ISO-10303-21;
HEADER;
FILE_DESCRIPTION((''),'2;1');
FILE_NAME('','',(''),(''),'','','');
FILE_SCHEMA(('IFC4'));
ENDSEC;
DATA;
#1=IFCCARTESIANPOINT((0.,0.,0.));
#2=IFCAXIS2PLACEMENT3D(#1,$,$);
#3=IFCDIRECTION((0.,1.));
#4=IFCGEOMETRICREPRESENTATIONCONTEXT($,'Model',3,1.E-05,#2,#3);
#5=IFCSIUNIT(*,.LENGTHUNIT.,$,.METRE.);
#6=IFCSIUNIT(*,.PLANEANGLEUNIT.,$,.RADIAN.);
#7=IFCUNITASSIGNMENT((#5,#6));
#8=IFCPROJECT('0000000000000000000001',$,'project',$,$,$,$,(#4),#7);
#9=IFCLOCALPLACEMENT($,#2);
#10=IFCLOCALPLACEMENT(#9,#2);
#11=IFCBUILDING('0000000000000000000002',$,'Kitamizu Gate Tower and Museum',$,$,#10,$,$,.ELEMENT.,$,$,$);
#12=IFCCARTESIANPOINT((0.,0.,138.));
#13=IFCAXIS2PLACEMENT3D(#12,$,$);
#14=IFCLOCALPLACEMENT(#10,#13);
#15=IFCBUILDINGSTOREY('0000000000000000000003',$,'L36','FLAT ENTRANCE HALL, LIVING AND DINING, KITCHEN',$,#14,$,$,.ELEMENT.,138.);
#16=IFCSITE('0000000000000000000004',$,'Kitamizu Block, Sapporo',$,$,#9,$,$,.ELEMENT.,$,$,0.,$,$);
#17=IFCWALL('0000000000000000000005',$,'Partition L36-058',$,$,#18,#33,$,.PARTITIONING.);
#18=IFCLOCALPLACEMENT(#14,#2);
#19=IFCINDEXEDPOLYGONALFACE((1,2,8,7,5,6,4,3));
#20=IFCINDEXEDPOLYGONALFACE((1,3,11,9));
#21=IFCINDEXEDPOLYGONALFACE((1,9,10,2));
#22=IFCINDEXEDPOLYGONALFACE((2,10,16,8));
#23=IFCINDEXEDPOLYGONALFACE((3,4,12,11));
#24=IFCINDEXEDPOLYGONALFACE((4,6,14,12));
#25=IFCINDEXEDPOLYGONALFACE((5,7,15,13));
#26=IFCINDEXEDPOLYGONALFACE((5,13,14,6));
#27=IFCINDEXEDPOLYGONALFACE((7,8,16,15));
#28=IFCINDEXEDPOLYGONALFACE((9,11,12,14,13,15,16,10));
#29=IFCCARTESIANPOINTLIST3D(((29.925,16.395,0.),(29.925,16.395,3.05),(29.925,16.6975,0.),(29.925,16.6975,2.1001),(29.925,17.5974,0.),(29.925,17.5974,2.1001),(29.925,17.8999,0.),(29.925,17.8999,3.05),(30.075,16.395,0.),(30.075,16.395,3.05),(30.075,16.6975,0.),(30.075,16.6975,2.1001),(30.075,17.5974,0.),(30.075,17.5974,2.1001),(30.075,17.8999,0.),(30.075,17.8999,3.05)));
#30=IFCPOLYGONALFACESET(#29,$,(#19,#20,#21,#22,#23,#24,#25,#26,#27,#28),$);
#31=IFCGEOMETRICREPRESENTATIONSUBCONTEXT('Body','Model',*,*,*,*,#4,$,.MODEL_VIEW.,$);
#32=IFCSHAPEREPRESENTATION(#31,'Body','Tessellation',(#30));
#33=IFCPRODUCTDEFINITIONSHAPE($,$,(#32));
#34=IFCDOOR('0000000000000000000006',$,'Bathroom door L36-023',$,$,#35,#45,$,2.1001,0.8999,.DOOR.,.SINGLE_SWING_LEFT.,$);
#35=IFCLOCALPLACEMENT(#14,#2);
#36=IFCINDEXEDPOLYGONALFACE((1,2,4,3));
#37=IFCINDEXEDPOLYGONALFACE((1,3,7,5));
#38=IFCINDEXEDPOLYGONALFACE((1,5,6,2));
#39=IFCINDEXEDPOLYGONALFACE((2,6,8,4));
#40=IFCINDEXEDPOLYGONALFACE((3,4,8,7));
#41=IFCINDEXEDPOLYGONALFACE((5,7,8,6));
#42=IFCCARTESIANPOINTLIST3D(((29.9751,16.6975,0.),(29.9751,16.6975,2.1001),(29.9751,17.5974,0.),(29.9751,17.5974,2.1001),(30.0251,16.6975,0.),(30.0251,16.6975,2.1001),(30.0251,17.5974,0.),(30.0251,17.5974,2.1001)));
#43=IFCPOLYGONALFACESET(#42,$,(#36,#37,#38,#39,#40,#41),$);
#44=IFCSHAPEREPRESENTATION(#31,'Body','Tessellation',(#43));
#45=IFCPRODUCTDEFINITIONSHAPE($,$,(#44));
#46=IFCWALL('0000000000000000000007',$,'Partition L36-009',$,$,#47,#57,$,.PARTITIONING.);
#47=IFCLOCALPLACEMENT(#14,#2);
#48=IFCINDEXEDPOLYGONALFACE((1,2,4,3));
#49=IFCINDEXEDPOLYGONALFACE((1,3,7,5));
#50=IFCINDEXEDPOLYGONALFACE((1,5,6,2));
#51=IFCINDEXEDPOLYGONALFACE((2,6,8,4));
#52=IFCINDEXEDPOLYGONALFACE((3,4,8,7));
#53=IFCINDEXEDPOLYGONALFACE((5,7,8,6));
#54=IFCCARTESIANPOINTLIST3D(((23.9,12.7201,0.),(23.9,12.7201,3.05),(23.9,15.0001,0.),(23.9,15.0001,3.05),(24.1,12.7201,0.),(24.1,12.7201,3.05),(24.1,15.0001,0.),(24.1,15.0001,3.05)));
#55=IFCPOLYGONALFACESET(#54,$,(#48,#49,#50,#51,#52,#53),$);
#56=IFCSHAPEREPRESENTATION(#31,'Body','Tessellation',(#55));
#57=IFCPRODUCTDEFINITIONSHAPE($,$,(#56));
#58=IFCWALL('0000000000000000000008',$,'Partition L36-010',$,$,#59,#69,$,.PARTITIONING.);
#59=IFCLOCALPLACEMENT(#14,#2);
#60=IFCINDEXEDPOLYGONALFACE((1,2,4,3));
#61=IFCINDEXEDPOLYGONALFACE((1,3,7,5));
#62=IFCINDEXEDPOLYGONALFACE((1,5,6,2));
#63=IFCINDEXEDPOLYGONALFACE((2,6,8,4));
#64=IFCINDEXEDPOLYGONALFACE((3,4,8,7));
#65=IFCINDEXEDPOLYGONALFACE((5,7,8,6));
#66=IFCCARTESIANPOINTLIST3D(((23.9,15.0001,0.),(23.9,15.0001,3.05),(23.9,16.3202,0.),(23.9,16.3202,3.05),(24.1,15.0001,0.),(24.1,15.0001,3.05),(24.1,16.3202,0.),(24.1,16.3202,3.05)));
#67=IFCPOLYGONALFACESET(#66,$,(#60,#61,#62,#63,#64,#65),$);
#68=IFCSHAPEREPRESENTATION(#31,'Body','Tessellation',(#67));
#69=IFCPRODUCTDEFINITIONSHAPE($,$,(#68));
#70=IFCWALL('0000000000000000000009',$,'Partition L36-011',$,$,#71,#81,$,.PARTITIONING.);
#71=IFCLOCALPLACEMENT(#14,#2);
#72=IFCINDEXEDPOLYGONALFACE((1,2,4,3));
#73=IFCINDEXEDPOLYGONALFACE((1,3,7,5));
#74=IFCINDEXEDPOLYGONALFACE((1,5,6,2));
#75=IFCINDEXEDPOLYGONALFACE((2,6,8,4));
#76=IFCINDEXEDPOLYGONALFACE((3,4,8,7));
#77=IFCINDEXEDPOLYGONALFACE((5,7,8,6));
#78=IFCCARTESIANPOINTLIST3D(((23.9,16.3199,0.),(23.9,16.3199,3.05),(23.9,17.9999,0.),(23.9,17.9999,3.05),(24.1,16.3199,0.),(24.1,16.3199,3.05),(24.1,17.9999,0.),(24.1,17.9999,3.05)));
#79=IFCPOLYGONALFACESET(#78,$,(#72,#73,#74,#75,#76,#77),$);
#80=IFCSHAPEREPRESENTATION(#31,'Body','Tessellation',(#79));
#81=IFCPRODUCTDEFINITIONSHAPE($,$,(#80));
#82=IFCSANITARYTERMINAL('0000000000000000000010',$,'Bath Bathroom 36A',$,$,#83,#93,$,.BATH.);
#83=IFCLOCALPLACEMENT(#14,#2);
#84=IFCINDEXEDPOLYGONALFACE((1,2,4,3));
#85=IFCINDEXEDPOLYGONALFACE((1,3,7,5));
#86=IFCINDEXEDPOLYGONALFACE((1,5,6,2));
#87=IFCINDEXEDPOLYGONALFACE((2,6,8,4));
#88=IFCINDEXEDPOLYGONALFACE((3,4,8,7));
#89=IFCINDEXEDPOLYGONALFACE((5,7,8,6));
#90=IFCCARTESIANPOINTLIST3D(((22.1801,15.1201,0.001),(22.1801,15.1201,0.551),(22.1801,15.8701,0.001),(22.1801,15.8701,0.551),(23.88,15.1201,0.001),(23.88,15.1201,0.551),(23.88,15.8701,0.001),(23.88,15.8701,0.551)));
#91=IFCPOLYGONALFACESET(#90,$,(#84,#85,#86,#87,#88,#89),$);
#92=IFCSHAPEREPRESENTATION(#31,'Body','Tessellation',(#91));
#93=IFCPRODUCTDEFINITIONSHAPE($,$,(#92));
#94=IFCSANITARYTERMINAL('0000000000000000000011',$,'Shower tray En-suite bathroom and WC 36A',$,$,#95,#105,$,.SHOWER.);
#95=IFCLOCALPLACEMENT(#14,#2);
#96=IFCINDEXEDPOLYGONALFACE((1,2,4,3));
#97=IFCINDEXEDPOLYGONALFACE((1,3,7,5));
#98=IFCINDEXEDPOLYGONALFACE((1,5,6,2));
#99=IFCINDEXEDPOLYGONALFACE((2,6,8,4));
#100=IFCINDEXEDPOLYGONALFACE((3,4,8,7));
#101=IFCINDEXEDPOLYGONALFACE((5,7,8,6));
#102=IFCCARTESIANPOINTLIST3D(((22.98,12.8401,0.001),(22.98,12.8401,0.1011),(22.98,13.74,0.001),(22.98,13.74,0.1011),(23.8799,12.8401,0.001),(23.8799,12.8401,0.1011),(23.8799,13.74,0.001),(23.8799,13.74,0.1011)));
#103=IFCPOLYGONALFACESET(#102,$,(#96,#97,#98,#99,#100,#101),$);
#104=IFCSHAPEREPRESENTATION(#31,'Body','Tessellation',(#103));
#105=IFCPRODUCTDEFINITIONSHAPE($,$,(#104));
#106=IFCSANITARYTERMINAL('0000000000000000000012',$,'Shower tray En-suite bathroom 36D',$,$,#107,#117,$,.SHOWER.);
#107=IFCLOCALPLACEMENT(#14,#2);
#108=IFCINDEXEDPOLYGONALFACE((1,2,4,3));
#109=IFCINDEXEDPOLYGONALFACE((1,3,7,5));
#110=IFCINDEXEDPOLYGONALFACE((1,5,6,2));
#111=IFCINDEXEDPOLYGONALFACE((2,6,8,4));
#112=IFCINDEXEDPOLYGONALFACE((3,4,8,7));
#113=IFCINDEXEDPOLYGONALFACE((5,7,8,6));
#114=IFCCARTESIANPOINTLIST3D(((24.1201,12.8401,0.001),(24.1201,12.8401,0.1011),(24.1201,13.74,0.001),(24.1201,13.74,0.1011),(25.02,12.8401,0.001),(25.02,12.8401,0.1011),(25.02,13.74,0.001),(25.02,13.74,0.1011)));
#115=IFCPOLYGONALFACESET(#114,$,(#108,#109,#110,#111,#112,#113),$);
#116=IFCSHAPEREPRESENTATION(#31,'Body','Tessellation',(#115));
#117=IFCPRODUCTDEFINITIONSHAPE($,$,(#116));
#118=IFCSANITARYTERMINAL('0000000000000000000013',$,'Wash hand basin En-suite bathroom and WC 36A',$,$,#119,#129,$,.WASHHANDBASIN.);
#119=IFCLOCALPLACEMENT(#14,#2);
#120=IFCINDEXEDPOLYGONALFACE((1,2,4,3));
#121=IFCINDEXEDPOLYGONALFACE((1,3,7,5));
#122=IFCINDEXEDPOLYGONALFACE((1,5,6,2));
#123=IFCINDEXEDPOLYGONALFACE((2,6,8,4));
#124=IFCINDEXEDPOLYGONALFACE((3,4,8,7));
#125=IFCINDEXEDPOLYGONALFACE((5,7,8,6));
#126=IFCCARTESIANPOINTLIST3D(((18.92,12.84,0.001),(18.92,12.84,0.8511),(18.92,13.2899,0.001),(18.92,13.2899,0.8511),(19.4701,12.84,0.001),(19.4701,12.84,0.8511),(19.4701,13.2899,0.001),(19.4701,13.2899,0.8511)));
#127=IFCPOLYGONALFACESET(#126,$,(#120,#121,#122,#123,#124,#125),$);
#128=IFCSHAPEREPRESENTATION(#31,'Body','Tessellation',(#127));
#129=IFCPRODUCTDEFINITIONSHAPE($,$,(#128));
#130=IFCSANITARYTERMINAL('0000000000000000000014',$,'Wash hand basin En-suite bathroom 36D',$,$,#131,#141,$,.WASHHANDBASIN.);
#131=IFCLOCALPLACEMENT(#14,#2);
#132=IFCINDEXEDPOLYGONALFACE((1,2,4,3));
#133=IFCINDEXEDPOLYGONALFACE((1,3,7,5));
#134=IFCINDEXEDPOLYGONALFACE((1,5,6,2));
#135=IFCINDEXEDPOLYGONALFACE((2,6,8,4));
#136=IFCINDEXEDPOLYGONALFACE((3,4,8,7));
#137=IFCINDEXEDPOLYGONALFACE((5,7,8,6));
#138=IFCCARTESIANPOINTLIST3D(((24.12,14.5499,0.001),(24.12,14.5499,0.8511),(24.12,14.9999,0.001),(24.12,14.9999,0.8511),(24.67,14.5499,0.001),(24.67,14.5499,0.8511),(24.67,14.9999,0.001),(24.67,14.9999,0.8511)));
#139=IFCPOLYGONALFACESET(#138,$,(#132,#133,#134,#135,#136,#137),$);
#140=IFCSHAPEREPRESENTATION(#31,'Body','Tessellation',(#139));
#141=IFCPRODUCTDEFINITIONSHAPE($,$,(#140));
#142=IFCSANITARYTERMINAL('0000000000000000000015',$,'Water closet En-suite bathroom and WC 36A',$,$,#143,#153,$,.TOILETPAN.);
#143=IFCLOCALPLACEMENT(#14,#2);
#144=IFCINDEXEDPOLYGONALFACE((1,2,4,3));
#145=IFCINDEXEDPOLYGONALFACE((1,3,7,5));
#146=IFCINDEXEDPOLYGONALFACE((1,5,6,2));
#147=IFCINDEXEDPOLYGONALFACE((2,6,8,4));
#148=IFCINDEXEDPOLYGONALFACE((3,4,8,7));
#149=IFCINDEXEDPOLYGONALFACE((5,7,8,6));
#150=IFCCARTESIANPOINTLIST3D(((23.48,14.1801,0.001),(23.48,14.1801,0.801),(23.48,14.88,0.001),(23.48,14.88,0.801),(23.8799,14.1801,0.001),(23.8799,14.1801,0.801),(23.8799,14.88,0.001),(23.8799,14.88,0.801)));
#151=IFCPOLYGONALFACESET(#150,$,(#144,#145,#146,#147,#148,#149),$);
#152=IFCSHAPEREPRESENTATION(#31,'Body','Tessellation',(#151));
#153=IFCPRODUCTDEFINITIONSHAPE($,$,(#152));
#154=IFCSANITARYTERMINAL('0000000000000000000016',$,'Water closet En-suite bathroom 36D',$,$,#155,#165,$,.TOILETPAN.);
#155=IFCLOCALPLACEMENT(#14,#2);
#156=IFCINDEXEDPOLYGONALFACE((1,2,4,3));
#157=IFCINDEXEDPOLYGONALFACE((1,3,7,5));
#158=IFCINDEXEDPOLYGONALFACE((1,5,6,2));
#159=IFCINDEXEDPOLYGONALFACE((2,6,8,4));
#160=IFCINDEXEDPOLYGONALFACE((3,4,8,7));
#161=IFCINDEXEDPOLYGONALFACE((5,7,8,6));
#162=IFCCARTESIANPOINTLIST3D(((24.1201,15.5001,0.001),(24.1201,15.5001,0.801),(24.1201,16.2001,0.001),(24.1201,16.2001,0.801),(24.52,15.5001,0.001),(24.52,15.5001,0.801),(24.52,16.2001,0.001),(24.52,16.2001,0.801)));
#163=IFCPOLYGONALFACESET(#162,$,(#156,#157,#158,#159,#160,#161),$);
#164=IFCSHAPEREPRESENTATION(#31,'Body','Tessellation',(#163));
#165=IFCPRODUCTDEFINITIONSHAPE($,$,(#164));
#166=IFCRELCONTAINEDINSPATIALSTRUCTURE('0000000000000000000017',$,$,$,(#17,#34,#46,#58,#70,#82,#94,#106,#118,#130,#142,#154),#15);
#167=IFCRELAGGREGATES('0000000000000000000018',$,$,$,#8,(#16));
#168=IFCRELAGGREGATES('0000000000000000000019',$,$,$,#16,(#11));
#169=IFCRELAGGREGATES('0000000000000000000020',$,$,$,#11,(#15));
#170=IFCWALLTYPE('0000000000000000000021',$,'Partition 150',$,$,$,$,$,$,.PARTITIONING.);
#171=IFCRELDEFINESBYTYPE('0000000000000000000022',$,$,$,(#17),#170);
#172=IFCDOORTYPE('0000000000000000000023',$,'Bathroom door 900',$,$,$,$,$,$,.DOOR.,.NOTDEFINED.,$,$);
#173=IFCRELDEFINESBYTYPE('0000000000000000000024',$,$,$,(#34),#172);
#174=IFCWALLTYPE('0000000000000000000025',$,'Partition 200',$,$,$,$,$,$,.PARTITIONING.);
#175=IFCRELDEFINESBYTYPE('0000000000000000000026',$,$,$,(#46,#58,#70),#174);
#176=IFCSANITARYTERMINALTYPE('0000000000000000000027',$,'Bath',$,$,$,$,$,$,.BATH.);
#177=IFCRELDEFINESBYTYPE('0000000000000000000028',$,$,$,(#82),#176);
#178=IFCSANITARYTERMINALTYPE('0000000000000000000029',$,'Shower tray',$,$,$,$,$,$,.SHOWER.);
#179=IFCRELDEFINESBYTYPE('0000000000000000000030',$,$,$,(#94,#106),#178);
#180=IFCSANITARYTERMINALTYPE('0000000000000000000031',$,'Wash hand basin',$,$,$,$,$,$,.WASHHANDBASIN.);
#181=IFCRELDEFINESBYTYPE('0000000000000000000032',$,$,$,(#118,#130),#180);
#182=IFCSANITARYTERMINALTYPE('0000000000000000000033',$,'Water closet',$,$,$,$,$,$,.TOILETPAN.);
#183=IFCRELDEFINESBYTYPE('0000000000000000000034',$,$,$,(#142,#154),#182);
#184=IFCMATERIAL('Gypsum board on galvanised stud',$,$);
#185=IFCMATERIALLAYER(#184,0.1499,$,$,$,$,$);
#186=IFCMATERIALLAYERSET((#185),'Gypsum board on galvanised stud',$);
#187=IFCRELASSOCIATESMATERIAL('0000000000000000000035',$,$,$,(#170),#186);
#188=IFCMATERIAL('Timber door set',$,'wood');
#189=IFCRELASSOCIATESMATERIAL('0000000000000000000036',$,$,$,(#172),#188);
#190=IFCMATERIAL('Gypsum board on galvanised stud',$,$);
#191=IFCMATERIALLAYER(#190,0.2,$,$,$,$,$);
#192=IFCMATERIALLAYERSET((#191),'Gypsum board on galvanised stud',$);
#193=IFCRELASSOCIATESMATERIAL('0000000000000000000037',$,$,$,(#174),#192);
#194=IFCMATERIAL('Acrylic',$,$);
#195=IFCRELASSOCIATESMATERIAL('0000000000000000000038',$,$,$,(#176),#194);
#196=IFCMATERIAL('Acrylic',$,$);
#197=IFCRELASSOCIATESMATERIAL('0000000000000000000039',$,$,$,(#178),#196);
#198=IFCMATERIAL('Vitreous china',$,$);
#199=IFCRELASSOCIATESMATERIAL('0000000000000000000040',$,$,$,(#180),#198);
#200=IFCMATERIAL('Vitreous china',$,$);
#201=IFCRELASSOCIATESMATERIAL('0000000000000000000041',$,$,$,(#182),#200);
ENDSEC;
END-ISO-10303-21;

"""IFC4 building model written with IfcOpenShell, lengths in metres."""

from ifc_helpers import new_model, si_unit, direction, frame, frame_2d, origin, origin_2d, place, context, subcontext, project, spatial, rectangle, extrude, material, layer, layer_set, type_object, element, fill, save


model = new_model("IFC4")

# Units and contexts
model_context = context("Model", 3, precision=1e-05, world=origin(), true_north=direction((0.0, 1.0)))
body_context = subcontext(model_context, "Body", "Model", "MODEL_VIEW")
ifc_project = project(units=[si_unit("LENGTHUNIT", "METRE"), si_unit("PLANEANGLEUNIT", "RADIAN")], contexts=[model_context])

# Site, building, storey
site_placement = place(None, origin())
site = spatial("IfcSite", under=ifc_project, at=site_placement, Name="Kitamizu Block, Sapporo", CompositionType="ELEMENT", RefElevation=0.0)
building_placement = place(site_placement, origin())
building = spatial("IfcBuilding", under=site, at=building_placement, Name="Kitamizu Gate Tower and Museum", CompositionType="ELEMENT")
storey_placement = place(building_placement, frame((0.0, 0.0, 138.0)))
storey = spatial("IfcBuildingStorey", under=building, at=storey_placement, Name="L36", Description="FLAT ENTRANCE HALL, LIVING AND DINING, KITCHEN", CompositionType="ELEMENT", Elevation=138.0)

# Shared definitions
ifc_material_1 = material(Name="Gypsum board on galvanised stud")
ifc_layer_1 = layer(ifc_material_1, 0.1499)
ifc_layer_set_1 = layer_set([ifc_layer_1], Name="Gypsum board on galvanised stud")
wall_type_1 = type_object("IfcWallType", Name="Partition 150", PredefinedType="PARTITIONING", material=ifc_layer_set_1)
ifc_material_2 = material(Name="Timber door set", Category="wood")
door_type = type_object("IfcDoorType", Name="Bathroom door 900", OperationType="NOTDEFINED", PredefinedType="DOOR", material=ifc_material_2)

# Wall, opening, door
wall_1_placement = place(storey_placement, frame((30.0, 16.395, 0.0), z_axis=(0.0, 0.0, 1.0), x_axis=(0.0, 1.0, 0.0)))
wall_1 = element("IfcWall", 1, at=wall_1_placement, inside=storey, type_object=wall_type_1, Name="Partition L36-058", PredefinedType="PARTITIONING", context=body_context, shape_type="SweptSolid", body=[
    extrude(rectangle(XDim=1.5049, YDim=0.1499, at=frame_2d((0.7524, 0.0))), origin(), (0.0, 0.0, 1.0), 3.05),
])
opening_1_placement = place(wall_1_placement, frame((0.3025, 0.0, 0.0)))
opening_1 = element("IfcOpeningElement", 2, at=opening_1_placement, cuts=wall_1, PredefinedType="OPENING", context=body_context, shape_type="SweptSolid", body=[
    extrude(rectangle(XDim=0.8999, YDim=2.1001, at=frame_2d((0.45, 1.05))), frame((0.0, 0.085, 0.0), z_axis=(0.0, -1.0, 0.0), x_axis=(1.0, 0.0, 0.0)), (0.0, 0.0, 1.0), 0.1699),
])
door_1_placement = place(opening_1_placement, origin())
door_1 = element("IfcDoor", 3, at=door_1_placement, inside=storey, type_object=door_type, Name="Bathroom door L36-023", OperationType="SINGLE_SWING_LEFT", OverallHeight=2.1001, OverallWidth=0.8999, PredefinedType="DOOR", context=body_context, shape_type="SweptSolid", body=[
    extrude(rectangle(XDim=0.8999, YDim=2.1001, at=frame_2d((0.45, 1.05))), frame((0.0, 0.0249, 0.0), z_axis=(0.0, -1.0, 0.0), x_axis=(1.0, 0.0, 0.0)), (0.0, 0.0, 1.0), 0.05),
])
fill(opening_1, door_1)

# Walls
ifc_material_3 = material(Name="Gypsum board on galvanised stud")
ifc_layer_2 = layer(ifc_material_3, 0.2)
ifc_layer_set_2 = layer_set([ifc_layer_2], Name="Gypsum board on galvanised stud")
wall_type_2 = type_object("IfcWallType", Name="Partition 200", PredefinedType="PARTITIONING", material=ifc_layer_set_2)
wall_2_placement = place(storey_placement, frame((24.0, 12.72, 0.0), z_axis=(0.0, 0.0, 1.0), x_axis=(0.0, 1.0, 0.0)))
element("IfcWall", 4, at=wall_2_placement, inside=storey, type_object=wall_type_2, Name="Partition L36-009", PredefinedType="PARTITIONING", context=body_context, shape_type="SweptSolid", body=[
    extrude(rectangle(XDim=2.28, YDim=0.2, at=frame_2d((1.1401, 0.0))), origin(), (0.0, 0.0, 1.0), 3.05),
])
wall_3_placement = place(storey_placement, frame((24.0, 15.0, 0.0), z_axis=(0.0, 0.0, 1.0), x_axis=(0.0, 1.0, 0.0)))
element("IfcWall", 5, at=wall_3_placement, inside=storey, type_object=wall_type_2, Name="Partition L36-010", PredefinedType="PARTITIONING", context=body_context, shape_type="SweptSolid", body=[
    extrude(rectangle(XDim=1.3201, YDim=0.2, at=frame_2d((0.6602, 0.0))), origin(), (0.0, 0.0, 1.0), 3.05),
])
wall_4_placement = place(storey_placement, frame((24.0, 16.3201, 0.0), z_axis=(0.0, 0.0, 1.0), x_axis=(0.0, 1.0, 0.0)))
element("IfcWall", 6, at=wall_4_placement, inside=storey, type_object=wall_type_2, Name="Partition L36-011", PredefinedType="PARTITIONING", context=body_context, shape_type="SweptSolid", body=[
    extrude(rectangle(XDim=1.6799, YDim=0.2, at=frame_2d((0.8398, 0.0))), origin(), (0.0, 0.0, 1.0), 3.05),
])

# Sanitary terminals
ifc_material_4 = material(Name="Acrylic")
sanitary_terminal_type_1 = type_object("IfcSanitaryTerminalType", Name="Bath", PredefinedType="BATH", material=ifc_material_4)
sanitary_terminal_placement = place(storey_placement, frame((23.03, 15.4951, 0.001), z_axis=(0.0, 0.0, 1.0), x_axis=(1.0, 0.0, 0.0)))
element("IfcSanitaryTerminal", 7, at=sanitary_terminal_placement, inside=storey, type_object=sanitary_terminal_type_1, Name="Bath Bathroom 36A", PredefinedType="BATH", context=body_context, shape_type="SweptSolid", body=[
    extrude(rectangle(XDim=1.7, YDim=0.75, at=origin_2d()), origin(), (0.0, 0.0, 1.0), 0.55),
])
ifc_material_5 = material(Name="Acrylic")
sanitary_terminal_type_2 = type_object("IfcSanitaryTerminalType", Name="Shower tray", PredefinedType="SHOWER", material=ifc_material_5)
for number, where, z_axis, x_axis, name in (
    (8, (23.4299, 13.29, 0.001), (0.0, 0.0, 1.0), (1.0, 0.0, 0.0), "Shower tray En-suite bathroom and WC 36A"),
    (9, (24.5701, 13.29, 0.001), (0.0, 0.0, 1.0), (1.0, 0.0, 0.0), "Shower tray En-suite bathroom 36D"),
):
    element("IfcSanitaryTerminal", number, at=place(storey_placement, frame(where, z_axis=z_axis, x_axis=x_axis)), inside=storey, type_object=sanitary_terminal_type_2, Name=name, PredefinedType="SHOWER", context=body_context, shape_type="SweptSolid", body=[
        extrude(rectangle(XDim=0.8999, YDim=0.8999, at=origin_2d()), origin(), (0.0, 0.0, 1.0), 0.1001),
    ])
ifc_material_6 = material(Name="Vitreous china")
sanitary_terminal_type_3 = type_object("IfcSanitaryTerminalType", Name="Wash hand basin", PredefinedType="WASHHANDBASIN", material=ifc_material_6)
for number, where, z_axis, x_axis, name in (
    (10, (19.1951, 13.0649, 0.001), (0.0, 0.0, 1.0), (1.0, 0.0, 0.0), "Wash hand basin En-suite bathroom and WC 36A"),
    (11, (24.395, 14.7749, 0.001), (0.0, 0.0, 1.0), (1.0, 0.0, 0.0), "Wash hand basin En-suite bathroom 36D"),
):
    element("IfcSanitaryTerminal", number, at=place(storey_placement, frame(where, z_axis=z_axis, x_axis=x_axis)), inside=storey, type_object=sanitary_terminal_type_3, Name=name, PredefinedType="WASHHANDBASIN", context=body_context, shape_type="SweptSolid", body=[
        extrude(rectangle(XDim=0.55, YDim=0.45, at=origin_2d()), origin(), (0.0, 0.0, 1.0), 0.8501),
    ])
ifc_material_7 = material(Name="Vitreous china")
sanitary_terminal_type_4 = type_object("IfcSanitaryTerminalType", Name="Water closet", PredefinedType="TOILETPAN", material=ifc_material_7)
for number, where, z_axis, x_axis, name in (
    (12, (23.6799, 14.53, 0.001), (0.0, 0.0, 1.0), (1.0, 0.0, 0.0), "Water closet En-suite bathroom and WC 36A"),
    (13, (24.3201, 15.8501, 0.001), (0.0, 0.0, 1.0), (1.0, 0.0, 0.0), "Water closet En-suite bathroom 36D"),
):
    element("IfcSanitaryTerminal", number, at=place(storey_placement, frame(where, z_axis=z_axis, x_axis=x_axis)), inside=storey, type_object=sanitary_terminal_type_4, Name=name, PredefinedType="TOILETPAN", context=body_context, shape_type="SweptSolid", body=[
        extrude(rectangle(XDim=0.3999, YDim=0.7, at=origin_2d()), origin(), (0.0, 0.0, 1.0), 0.8),
    ])

save(model, "model.ifc")
